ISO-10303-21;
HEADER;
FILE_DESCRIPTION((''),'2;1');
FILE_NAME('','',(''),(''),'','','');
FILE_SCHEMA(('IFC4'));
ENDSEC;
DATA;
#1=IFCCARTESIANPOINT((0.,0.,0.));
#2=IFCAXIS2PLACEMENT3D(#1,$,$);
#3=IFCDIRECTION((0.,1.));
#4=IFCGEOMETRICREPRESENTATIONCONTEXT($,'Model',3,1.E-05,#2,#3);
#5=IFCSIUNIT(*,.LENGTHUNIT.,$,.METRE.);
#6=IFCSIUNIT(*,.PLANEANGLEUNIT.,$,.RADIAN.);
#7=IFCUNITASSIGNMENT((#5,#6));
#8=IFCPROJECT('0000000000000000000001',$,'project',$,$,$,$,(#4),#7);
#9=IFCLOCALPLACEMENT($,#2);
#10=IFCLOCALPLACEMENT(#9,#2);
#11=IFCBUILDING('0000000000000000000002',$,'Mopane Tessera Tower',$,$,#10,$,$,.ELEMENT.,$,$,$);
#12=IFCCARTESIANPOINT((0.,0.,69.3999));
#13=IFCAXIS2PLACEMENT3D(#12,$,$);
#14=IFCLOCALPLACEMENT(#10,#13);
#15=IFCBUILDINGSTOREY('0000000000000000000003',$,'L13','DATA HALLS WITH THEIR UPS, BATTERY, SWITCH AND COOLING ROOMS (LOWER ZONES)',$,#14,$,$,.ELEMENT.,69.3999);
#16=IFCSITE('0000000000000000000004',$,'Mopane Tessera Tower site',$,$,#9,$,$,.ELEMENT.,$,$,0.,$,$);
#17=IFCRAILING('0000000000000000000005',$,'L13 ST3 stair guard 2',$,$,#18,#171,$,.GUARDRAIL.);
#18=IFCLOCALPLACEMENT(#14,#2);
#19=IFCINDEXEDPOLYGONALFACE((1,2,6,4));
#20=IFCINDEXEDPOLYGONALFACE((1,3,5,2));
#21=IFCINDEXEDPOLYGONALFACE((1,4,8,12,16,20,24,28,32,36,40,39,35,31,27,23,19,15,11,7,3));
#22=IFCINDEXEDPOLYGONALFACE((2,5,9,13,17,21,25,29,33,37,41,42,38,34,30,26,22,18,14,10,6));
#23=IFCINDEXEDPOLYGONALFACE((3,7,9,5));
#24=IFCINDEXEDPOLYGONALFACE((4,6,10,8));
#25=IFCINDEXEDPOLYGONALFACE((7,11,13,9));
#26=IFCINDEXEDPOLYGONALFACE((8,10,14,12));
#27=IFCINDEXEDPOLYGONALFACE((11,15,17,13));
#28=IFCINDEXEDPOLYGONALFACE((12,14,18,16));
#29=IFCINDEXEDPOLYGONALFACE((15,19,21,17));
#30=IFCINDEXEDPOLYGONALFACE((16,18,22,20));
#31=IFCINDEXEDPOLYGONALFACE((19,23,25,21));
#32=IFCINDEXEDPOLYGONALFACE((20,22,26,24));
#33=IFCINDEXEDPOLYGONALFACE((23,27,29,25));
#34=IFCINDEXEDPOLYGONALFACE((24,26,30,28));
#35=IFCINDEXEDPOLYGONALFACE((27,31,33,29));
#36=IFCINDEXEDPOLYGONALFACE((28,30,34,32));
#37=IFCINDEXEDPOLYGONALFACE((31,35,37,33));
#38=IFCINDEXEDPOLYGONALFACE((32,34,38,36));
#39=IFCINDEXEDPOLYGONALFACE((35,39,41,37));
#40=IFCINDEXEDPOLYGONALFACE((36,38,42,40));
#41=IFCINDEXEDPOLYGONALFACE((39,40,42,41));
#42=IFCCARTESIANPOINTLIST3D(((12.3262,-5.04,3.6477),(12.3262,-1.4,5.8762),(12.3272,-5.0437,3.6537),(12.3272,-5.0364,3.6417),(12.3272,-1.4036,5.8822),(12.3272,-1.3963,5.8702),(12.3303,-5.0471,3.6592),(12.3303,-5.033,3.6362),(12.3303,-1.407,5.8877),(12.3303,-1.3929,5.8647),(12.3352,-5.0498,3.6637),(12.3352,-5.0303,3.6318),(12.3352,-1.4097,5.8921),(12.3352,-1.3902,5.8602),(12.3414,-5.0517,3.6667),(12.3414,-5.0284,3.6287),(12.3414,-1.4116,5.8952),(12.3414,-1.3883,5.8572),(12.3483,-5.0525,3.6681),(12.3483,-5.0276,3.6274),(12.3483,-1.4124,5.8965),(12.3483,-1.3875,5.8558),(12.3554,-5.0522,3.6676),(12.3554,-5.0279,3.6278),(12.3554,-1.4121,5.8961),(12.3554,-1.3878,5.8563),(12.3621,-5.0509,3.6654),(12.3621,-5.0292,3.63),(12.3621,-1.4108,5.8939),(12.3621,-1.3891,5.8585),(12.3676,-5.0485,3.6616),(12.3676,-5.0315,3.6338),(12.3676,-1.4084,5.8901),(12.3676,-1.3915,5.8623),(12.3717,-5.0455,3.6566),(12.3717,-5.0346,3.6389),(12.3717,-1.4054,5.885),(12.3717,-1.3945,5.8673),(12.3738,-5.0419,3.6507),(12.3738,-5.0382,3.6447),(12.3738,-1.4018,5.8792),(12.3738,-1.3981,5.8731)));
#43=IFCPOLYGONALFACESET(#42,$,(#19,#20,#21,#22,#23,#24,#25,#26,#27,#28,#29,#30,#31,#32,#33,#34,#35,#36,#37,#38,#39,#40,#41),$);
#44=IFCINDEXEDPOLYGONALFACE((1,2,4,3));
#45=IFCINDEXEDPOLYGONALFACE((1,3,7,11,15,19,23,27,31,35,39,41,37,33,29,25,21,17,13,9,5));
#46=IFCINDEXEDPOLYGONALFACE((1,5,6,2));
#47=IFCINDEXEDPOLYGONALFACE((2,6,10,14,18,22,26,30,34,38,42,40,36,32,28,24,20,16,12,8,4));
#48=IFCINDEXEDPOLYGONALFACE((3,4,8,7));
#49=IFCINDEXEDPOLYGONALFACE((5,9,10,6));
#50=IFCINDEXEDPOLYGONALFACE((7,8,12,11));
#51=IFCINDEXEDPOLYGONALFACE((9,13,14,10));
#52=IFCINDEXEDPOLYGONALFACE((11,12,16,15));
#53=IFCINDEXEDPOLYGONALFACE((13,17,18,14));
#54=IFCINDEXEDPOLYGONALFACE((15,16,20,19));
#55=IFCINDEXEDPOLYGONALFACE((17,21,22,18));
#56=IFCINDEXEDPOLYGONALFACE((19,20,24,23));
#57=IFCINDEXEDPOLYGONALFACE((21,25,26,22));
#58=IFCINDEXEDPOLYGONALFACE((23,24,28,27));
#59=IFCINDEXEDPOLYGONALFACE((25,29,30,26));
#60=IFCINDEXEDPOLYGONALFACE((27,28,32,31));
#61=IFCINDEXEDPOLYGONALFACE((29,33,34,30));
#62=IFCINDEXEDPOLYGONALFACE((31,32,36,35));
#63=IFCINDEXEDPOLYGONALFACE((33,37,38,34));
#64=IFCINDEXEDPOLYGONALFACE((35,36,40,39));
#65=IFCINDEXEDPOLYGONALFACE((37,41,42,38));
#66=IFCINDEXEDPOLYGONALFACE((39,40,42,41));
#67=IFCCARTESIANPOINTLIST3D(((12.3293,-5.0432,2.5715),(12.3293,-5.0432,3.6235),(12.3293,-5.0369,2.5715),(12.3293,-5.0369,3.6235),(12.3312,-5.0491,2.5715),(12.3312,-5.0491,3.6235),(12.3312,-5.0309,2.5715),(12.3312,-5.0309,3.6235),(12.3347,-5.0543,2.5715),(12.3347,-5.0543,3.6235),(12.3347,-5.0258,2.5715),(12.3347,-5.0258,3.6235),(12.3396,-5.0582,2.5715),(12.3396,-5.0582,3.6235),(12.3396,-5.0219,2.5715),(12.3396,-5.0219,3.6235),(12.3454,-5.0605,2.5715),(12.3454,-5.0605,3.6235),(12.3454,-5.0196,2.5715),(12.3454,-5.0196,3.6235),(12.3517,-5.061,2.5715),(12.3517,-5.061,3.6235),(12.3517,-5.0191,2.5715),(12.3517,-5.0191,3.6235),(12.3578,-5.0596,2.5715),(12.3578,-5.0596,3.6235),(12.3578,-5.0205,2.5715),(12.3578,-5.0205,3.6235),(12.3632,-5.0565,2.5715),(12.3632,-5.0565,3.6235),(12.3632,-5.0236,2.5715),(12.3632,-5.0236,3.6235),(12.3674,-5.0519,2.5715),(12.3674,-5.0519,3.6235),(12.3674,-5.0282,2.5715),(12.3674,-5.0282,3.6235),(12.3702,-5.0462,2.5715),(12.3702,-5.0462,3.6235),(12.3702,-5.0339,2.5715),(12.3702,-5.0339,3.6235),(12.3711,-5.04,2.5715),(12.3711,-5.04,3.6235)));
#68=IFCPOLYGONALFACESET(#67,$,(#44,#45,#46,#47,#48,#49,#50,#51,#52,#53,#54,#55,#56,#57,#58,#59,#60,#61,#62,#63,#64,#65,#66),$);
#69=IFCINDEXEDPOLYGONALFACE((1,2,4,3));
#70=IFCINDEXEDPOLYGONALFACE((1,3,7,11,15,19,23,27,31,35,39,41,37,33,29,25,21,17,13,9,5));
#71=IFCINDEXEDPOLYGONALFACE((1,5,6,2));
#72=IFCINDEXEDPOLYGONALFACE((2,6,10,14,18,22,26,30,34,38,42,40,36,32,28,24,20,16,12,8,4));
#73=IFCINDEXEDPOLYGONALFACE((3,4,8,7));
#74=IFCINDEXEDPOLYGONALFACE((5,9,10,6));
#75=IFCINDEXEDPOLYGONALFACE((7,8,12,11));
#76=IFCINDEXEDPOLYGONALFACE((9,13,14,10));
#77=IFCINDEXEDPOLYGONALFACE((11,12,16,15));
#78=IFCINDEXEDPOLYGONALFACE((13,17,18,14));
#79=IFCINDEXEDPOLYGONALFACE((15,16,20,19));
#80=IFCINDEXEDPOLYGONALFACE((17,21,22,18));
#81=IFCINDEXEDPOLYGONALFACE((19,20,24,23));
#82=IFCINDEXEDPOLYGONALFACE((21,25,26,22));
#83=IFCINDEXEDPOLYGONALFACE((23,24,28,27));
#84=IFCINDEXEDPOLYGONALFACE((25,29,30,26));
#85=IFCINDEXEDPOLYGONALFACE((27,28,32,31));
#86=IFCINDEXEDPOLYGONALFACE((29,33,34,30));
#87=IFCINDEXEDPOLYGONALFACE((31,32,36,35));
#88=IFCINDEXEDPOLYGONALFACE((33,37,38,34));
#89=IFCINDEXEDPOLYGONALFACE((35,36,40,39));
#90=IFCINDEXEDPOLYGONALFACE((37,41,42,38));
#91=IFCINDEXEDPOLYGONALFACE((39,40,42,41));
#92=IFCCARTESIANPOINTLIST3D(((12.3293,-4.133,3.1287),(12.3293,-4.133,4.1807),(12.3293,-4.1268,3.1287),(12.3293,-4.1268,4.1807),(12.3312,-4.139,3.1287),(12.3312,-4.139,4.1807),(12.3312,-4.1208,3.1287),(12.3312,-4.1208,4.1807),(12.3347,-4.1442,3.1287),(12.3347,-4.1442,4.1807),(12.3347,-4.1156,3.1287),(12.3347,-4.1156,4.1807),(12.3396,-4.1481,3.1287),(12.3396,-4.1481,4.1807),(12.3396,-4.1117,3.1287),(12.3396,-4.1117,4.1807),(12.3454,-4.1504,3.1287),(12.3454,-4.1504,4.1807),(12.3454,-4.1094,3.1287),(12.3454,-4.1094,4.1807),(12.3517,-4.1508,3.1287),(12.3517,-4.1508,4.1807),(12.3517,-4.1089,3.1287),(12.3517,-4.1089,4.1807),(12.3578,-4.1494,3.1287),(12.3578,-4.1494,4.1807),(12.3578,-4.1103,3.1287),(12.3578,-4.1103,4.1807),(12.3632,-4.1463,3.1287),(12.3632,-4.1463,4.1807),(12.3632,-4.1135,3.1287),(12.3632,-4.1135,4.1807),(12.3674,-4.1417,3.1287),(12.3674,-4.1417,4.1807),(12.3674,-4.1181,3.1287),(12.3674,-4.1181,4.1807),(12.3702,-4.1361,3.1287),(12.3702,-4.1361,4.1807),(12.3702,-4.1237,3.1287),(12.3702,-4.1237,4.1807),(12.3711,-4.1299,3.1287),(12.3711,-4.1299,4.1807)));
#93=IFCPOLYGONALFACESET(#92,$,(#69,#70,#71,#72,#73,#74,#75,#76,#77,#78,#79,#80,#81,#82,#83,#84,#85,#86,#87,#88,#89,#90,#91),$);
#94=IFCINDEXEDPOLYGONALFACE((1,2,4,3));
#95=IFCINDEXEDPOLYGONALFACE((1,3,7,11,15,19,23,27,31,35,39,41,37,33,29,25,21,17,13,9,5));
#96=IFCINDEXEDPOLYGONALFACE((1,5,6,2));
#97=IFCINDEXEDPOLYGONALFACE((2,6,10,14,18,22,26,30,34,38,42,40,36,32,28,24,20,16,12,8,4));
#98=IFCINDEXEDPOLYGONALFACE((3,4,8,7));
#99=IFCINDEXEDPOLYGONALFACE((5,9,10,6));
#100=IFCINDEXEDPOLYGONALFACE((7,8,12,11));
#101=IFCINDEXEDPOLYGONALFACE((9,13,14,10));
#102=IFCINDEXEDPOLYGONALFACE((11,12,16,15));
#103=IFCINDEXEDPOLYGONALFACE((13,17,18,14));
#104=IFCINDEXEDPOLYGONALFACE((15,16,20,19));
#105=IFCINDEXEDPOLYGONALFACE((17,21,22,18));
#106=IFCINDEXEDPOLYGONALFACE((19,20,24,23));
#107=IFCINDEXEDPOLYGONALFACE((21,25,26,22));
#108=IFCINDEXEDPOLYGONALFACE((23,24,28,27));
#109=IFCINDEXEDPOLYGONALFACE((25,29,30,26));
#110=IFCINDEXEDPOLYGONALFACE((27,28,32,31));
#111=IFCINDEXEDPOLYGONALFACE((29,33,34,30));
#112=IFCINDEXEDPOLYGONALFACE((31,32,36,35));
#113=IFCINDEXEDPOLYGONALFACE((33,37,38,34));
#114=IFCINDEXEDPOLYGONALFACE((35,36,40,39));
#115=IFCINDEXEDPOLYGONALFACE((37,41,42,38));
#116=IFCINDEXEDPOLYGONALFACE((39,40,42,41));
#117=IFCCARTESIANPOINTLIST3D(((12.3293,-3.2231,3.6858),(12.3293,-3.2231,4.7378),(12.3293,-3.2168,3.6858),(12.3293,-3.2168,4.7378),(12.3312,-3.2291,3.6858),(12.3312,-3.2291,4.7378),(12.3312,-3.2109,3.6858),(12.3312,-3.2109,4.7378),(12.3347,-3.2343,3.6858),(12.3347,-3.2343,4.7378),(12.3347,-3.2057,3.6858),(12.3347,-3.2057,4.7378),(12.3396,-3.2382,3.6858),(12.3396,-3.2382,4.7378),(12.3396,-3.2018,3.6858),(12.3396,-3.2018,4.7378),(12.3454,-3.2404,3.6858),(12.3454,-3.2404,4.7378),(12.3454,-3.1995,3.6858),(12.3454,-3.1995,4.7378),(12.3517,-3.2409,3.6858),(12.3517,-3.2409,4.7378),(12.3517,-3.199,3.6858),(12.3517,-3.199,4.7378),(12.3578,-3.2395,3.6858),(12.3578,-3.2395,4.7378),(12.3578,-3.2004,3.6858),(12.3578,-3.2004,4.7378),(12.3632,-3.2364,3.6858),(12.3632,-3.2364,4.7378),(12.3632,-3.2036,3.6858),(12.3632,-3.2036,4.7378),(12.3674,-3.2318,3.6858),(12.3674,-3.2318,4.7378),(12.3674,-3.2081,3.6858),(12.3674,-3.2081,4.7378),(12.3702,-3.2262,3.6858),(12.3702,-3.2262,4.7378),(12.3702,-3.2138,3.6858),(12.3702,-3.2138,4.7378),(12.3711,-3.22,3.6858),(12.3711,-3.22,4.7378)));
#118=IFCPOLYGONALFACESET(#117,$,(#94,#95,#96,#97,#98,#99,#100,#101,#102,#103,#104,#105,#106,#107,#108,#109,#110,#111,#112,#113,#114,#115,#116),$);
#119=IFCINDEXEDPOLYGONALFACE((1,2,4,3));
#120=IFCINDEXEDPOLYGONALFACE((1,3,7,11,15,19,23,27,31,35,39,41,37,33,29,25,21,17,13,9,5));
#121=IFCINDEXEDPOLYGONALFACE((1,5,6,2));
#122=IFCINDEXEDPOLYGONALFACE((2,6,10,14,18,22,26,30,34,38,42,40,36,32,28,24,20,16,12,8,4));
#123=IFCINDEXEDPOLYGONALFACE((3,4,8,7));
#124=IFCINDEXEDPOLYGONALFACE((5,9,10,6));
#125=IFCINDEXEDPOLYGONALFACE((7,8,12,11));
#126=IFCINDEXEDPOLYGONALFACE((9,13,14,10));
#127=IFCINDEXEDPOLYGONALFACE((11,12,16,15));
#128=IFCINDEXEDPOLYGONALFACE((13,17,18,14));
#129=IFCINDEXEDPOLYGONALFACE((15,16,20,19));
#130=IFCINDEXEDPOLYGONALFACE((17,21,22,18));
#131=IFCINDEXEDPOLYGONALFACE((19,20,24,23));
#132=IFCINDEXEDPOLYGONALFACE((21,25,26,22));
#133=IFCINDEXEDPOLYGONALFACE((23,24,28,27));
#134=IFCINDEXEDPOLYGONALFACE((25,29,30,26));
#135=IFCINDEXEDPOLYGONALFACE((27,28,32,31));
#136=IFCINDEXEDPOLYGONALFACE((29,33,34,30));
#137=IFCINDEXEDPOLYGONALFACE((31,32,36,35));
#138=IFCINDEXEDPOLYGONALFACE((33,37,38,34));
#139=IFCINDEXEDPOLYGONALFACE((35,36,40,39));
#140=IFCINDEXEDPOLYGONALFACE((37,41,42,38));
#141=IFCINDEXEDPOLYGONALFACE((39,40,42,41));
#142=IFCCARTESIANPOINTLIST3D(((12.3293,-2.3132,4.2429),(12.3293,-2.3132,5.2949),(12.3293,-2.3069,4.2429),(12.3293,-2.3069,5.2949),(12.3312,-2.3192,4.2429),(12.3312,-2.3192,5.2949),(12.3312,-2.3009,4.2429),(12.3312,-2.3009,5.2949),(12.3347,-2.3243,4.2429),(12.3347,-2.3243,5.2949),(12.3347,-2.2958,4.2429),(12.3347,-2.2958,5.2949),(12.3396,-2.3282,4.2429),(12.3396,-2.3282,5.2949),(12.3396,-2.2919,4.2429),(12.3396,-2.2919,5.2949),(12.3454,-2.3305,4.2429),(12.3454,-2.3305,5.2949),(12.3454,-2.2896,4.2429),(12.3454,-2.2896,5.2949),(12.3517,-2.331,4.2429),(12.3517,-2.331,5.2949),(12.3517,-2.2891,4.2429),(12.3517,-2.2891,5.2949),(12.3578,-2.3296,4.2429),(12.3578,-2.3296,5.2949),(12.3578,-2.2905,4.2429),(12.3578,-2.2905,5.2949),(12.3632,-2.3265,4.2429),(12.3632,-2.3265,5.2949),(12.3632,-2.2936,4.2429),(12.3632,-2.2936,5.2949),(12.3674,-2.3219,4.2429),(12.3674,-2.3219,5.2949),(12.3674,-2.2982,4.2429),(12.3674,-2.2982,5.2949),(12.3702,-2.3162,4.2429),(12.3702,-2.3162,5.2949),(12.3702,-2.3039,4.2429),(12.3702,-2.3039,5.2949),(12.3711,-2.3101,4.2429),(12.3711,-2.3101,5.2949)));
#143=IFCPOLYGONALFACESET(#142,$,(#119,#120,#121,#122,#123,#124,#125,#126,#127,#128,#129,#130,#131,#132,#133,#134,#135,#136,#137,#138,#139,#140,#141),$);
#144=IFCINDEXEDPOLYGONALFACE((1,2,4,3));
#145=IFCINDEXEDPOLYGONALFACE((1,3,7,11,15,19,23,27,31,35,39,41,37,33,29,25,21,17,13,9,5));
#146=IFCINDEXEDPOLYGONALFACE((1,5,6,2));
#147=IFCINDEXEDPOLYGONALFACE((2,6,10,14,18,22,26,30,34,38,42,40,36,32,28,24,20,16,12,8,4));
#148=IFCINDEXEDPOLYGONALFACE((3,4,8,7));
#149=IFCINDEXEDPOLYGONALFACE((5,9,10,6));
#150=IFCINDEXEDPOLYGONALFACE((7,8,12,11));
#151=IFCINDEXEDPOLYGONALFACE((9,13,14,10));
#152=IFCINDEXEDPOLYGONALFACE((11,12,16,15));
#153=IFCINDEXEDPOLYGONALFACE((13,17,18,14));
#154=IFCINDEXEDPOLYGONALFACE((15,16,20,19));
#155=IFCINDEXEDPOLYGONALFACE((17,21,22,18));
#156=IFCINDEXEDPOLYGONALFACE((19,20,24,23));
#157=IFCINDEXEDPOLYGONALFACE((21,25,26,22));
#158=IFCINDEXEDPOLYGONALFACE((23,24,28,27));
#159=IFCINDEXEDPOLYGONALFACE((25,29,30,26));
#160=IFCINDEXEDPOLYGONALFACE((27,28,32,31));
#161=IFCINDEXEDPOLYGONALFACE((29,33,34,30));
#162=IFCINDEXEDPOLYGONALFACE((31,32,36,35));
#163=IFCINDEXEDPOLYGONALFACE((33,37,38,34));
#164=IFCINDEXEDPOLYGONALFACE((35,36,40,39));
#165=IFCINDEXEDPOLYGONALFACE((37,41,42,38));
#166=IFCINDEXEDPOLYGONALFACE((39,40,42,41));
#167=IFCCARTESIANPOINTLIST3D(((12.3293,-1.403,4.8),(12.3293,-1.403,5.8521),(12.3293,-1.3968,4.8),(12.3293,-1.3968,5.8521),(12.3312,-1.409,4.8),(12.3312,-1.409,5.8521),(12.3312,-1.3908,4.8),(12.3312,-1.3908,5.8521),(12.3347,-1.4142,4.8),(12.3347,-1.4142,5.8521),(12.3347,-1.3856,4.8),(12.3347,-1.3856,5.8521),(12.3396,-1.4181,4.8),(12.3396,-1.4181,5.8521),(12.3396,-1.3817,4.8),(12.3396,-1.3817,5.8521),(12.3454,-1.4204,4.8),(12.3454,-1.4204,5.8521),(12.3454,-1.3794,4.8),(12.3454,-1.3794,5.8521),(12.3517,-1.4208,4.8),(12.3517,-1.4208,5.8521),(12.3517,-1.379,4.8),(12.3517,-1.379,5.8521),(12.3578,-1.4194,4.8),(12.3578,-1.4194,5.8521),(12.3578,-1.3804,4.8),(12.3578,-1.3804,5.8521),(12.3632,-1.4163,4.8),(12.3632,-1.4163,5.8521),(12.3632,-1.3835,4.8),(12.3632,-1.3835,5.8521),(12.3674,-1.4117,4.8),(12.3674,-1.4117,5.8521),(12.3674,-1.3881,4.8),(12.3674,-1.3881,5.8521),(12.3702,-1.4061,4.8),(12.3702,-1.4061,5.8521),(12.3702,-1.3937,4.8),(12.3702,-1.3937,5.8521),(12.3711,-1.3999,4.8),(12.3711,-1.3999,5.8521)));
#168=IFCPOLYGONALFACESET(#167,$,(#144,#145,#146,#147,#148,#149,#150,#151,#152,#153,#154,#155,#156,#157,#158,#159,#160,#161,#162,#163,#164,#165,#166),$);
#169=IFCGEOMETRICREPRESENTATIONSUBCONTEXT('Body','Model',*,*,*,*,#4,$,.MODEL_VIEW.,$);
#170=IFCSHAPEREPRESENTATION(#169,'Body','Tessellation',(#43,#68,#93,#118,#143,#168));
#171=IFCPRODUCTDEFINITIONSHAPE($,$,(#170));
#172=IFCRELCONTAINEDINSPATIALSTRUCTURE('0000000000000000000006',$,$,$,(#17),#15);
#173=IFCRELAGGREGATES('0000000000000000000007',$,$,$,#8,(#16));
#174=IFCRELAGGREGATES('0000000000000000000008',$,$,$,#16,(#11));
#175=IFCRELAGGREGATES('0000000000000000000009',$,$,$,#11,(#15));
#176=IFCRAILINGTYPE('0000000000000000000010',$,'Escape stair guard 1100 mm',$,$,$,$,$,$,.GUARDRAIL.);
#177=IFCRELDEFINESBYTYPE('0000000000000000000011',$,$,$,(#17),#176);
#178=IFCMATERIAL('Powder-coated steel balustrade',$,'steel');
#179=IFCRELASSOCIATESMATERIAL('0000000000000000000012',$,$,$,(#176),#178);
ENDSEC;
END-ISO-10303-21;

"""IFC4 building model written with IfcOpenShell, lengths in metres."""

from ifc_helpers import new_model, si_unit, direction, frame, origin, origin_2d, place, context, subcontext, project, spatial, circle, extrude, material, type_object, element, save


model = new_model("IFC4")

# Units and contexts
model_context = context("Model", 3, precision=1e-05, world=origin(), true_north=direction((0.0, 1.0)))
body_context = subcontext(model_context, "Body", "Model", "MODEL_VIEW")
ifc_project = project(units=[si_unit("LENGTHUNIT", "METRE"), si_unit("PLANEANGLEUNIT", "RADIAN")], contexts=[model_context])

# Site, building, storey
site_placement = place(None, origin())
site = spatial("IfcSite", under=ifc_project, at=site_placement, Name="Mopane Tessera Tower site", CompositionType="ELEMENT", RefElevation=0.0)
building_placement = place(site_placement, origin())
building = spatial("IfcBuilding", under=site, at=building_placement, Name="Mopane Tessera Tower", CompositionType="ELEMENT")
storey_placement = place(building_placement, frame((0.0, 0.0, 69.3999)))
storey = spatial("IfcBuildingStorey", under=building, at=storey_placement, Name="L13", Description="DATA HALLS WITH THEIR UPS, BATTERY, SWITCH AND COOLING ROOMS (LOWER ZONES)", CompositionType="ELEMENT", Elevation=69.3999)

# Railing
ifc_material_1 = material(Name="Powder-coated steel balustrade", Category="steel")
railing_type_1 = type_object("IfcRailingType", Name="Escape stair guard 1100 mm", PredefinedType="GUARDRAIL", material=ifc_material_1)
railing_1_placement = place(storey_placement, frame((12.3501, -5.04, 2.5715)))
element("IfcRailing", 1, at=railing_1_placement, inside=storey, type_object=railing_type_1, Name="L13 ST3 stair guard 2", PredefinedType="GUARDRAIL", context=body_context, shape_type="SweptSolid", body=[
    extrude(circle(Radius=0.0239, at=origin_2d()), frame((0.0, 0.0, 1.0762), z_axis=(0.0, 0.852866, 0.52213), x_axis=(-1.0, 0.0, 0.0)), (0.0, 0.0, 1.0), 4.2681),
    extrude(circle(Radius=0.021, at=origin_2d()), origin(), (0.0, 0.0, 1.0), 1.052),
    extrude(circle(Radius=0.021, at=origin_2d()), frame((0.0, 0.9102, 0.5571)), (0.0, 0.0, 1.0), 1.052),
    extrude(circle(Radius=0.021, at=origin_2d()), frame((0.0, 1.8201, 1.1143)), (0.0, 0.0, 1.0), 1.052),
    extrude(circle(Radius=0.021, at=origin_2d()), frame((0.0, 2.73, 1.6714)), (0.0, 0.0, 1.0), 1.052),
    extrude(circle(Radius=0.021, at=origin_2d()), frame((0.0, 3.6401, 2.2285)), (0.0, 0.0, 1.0), 1.052),
])

save(model, "model.ifc")
